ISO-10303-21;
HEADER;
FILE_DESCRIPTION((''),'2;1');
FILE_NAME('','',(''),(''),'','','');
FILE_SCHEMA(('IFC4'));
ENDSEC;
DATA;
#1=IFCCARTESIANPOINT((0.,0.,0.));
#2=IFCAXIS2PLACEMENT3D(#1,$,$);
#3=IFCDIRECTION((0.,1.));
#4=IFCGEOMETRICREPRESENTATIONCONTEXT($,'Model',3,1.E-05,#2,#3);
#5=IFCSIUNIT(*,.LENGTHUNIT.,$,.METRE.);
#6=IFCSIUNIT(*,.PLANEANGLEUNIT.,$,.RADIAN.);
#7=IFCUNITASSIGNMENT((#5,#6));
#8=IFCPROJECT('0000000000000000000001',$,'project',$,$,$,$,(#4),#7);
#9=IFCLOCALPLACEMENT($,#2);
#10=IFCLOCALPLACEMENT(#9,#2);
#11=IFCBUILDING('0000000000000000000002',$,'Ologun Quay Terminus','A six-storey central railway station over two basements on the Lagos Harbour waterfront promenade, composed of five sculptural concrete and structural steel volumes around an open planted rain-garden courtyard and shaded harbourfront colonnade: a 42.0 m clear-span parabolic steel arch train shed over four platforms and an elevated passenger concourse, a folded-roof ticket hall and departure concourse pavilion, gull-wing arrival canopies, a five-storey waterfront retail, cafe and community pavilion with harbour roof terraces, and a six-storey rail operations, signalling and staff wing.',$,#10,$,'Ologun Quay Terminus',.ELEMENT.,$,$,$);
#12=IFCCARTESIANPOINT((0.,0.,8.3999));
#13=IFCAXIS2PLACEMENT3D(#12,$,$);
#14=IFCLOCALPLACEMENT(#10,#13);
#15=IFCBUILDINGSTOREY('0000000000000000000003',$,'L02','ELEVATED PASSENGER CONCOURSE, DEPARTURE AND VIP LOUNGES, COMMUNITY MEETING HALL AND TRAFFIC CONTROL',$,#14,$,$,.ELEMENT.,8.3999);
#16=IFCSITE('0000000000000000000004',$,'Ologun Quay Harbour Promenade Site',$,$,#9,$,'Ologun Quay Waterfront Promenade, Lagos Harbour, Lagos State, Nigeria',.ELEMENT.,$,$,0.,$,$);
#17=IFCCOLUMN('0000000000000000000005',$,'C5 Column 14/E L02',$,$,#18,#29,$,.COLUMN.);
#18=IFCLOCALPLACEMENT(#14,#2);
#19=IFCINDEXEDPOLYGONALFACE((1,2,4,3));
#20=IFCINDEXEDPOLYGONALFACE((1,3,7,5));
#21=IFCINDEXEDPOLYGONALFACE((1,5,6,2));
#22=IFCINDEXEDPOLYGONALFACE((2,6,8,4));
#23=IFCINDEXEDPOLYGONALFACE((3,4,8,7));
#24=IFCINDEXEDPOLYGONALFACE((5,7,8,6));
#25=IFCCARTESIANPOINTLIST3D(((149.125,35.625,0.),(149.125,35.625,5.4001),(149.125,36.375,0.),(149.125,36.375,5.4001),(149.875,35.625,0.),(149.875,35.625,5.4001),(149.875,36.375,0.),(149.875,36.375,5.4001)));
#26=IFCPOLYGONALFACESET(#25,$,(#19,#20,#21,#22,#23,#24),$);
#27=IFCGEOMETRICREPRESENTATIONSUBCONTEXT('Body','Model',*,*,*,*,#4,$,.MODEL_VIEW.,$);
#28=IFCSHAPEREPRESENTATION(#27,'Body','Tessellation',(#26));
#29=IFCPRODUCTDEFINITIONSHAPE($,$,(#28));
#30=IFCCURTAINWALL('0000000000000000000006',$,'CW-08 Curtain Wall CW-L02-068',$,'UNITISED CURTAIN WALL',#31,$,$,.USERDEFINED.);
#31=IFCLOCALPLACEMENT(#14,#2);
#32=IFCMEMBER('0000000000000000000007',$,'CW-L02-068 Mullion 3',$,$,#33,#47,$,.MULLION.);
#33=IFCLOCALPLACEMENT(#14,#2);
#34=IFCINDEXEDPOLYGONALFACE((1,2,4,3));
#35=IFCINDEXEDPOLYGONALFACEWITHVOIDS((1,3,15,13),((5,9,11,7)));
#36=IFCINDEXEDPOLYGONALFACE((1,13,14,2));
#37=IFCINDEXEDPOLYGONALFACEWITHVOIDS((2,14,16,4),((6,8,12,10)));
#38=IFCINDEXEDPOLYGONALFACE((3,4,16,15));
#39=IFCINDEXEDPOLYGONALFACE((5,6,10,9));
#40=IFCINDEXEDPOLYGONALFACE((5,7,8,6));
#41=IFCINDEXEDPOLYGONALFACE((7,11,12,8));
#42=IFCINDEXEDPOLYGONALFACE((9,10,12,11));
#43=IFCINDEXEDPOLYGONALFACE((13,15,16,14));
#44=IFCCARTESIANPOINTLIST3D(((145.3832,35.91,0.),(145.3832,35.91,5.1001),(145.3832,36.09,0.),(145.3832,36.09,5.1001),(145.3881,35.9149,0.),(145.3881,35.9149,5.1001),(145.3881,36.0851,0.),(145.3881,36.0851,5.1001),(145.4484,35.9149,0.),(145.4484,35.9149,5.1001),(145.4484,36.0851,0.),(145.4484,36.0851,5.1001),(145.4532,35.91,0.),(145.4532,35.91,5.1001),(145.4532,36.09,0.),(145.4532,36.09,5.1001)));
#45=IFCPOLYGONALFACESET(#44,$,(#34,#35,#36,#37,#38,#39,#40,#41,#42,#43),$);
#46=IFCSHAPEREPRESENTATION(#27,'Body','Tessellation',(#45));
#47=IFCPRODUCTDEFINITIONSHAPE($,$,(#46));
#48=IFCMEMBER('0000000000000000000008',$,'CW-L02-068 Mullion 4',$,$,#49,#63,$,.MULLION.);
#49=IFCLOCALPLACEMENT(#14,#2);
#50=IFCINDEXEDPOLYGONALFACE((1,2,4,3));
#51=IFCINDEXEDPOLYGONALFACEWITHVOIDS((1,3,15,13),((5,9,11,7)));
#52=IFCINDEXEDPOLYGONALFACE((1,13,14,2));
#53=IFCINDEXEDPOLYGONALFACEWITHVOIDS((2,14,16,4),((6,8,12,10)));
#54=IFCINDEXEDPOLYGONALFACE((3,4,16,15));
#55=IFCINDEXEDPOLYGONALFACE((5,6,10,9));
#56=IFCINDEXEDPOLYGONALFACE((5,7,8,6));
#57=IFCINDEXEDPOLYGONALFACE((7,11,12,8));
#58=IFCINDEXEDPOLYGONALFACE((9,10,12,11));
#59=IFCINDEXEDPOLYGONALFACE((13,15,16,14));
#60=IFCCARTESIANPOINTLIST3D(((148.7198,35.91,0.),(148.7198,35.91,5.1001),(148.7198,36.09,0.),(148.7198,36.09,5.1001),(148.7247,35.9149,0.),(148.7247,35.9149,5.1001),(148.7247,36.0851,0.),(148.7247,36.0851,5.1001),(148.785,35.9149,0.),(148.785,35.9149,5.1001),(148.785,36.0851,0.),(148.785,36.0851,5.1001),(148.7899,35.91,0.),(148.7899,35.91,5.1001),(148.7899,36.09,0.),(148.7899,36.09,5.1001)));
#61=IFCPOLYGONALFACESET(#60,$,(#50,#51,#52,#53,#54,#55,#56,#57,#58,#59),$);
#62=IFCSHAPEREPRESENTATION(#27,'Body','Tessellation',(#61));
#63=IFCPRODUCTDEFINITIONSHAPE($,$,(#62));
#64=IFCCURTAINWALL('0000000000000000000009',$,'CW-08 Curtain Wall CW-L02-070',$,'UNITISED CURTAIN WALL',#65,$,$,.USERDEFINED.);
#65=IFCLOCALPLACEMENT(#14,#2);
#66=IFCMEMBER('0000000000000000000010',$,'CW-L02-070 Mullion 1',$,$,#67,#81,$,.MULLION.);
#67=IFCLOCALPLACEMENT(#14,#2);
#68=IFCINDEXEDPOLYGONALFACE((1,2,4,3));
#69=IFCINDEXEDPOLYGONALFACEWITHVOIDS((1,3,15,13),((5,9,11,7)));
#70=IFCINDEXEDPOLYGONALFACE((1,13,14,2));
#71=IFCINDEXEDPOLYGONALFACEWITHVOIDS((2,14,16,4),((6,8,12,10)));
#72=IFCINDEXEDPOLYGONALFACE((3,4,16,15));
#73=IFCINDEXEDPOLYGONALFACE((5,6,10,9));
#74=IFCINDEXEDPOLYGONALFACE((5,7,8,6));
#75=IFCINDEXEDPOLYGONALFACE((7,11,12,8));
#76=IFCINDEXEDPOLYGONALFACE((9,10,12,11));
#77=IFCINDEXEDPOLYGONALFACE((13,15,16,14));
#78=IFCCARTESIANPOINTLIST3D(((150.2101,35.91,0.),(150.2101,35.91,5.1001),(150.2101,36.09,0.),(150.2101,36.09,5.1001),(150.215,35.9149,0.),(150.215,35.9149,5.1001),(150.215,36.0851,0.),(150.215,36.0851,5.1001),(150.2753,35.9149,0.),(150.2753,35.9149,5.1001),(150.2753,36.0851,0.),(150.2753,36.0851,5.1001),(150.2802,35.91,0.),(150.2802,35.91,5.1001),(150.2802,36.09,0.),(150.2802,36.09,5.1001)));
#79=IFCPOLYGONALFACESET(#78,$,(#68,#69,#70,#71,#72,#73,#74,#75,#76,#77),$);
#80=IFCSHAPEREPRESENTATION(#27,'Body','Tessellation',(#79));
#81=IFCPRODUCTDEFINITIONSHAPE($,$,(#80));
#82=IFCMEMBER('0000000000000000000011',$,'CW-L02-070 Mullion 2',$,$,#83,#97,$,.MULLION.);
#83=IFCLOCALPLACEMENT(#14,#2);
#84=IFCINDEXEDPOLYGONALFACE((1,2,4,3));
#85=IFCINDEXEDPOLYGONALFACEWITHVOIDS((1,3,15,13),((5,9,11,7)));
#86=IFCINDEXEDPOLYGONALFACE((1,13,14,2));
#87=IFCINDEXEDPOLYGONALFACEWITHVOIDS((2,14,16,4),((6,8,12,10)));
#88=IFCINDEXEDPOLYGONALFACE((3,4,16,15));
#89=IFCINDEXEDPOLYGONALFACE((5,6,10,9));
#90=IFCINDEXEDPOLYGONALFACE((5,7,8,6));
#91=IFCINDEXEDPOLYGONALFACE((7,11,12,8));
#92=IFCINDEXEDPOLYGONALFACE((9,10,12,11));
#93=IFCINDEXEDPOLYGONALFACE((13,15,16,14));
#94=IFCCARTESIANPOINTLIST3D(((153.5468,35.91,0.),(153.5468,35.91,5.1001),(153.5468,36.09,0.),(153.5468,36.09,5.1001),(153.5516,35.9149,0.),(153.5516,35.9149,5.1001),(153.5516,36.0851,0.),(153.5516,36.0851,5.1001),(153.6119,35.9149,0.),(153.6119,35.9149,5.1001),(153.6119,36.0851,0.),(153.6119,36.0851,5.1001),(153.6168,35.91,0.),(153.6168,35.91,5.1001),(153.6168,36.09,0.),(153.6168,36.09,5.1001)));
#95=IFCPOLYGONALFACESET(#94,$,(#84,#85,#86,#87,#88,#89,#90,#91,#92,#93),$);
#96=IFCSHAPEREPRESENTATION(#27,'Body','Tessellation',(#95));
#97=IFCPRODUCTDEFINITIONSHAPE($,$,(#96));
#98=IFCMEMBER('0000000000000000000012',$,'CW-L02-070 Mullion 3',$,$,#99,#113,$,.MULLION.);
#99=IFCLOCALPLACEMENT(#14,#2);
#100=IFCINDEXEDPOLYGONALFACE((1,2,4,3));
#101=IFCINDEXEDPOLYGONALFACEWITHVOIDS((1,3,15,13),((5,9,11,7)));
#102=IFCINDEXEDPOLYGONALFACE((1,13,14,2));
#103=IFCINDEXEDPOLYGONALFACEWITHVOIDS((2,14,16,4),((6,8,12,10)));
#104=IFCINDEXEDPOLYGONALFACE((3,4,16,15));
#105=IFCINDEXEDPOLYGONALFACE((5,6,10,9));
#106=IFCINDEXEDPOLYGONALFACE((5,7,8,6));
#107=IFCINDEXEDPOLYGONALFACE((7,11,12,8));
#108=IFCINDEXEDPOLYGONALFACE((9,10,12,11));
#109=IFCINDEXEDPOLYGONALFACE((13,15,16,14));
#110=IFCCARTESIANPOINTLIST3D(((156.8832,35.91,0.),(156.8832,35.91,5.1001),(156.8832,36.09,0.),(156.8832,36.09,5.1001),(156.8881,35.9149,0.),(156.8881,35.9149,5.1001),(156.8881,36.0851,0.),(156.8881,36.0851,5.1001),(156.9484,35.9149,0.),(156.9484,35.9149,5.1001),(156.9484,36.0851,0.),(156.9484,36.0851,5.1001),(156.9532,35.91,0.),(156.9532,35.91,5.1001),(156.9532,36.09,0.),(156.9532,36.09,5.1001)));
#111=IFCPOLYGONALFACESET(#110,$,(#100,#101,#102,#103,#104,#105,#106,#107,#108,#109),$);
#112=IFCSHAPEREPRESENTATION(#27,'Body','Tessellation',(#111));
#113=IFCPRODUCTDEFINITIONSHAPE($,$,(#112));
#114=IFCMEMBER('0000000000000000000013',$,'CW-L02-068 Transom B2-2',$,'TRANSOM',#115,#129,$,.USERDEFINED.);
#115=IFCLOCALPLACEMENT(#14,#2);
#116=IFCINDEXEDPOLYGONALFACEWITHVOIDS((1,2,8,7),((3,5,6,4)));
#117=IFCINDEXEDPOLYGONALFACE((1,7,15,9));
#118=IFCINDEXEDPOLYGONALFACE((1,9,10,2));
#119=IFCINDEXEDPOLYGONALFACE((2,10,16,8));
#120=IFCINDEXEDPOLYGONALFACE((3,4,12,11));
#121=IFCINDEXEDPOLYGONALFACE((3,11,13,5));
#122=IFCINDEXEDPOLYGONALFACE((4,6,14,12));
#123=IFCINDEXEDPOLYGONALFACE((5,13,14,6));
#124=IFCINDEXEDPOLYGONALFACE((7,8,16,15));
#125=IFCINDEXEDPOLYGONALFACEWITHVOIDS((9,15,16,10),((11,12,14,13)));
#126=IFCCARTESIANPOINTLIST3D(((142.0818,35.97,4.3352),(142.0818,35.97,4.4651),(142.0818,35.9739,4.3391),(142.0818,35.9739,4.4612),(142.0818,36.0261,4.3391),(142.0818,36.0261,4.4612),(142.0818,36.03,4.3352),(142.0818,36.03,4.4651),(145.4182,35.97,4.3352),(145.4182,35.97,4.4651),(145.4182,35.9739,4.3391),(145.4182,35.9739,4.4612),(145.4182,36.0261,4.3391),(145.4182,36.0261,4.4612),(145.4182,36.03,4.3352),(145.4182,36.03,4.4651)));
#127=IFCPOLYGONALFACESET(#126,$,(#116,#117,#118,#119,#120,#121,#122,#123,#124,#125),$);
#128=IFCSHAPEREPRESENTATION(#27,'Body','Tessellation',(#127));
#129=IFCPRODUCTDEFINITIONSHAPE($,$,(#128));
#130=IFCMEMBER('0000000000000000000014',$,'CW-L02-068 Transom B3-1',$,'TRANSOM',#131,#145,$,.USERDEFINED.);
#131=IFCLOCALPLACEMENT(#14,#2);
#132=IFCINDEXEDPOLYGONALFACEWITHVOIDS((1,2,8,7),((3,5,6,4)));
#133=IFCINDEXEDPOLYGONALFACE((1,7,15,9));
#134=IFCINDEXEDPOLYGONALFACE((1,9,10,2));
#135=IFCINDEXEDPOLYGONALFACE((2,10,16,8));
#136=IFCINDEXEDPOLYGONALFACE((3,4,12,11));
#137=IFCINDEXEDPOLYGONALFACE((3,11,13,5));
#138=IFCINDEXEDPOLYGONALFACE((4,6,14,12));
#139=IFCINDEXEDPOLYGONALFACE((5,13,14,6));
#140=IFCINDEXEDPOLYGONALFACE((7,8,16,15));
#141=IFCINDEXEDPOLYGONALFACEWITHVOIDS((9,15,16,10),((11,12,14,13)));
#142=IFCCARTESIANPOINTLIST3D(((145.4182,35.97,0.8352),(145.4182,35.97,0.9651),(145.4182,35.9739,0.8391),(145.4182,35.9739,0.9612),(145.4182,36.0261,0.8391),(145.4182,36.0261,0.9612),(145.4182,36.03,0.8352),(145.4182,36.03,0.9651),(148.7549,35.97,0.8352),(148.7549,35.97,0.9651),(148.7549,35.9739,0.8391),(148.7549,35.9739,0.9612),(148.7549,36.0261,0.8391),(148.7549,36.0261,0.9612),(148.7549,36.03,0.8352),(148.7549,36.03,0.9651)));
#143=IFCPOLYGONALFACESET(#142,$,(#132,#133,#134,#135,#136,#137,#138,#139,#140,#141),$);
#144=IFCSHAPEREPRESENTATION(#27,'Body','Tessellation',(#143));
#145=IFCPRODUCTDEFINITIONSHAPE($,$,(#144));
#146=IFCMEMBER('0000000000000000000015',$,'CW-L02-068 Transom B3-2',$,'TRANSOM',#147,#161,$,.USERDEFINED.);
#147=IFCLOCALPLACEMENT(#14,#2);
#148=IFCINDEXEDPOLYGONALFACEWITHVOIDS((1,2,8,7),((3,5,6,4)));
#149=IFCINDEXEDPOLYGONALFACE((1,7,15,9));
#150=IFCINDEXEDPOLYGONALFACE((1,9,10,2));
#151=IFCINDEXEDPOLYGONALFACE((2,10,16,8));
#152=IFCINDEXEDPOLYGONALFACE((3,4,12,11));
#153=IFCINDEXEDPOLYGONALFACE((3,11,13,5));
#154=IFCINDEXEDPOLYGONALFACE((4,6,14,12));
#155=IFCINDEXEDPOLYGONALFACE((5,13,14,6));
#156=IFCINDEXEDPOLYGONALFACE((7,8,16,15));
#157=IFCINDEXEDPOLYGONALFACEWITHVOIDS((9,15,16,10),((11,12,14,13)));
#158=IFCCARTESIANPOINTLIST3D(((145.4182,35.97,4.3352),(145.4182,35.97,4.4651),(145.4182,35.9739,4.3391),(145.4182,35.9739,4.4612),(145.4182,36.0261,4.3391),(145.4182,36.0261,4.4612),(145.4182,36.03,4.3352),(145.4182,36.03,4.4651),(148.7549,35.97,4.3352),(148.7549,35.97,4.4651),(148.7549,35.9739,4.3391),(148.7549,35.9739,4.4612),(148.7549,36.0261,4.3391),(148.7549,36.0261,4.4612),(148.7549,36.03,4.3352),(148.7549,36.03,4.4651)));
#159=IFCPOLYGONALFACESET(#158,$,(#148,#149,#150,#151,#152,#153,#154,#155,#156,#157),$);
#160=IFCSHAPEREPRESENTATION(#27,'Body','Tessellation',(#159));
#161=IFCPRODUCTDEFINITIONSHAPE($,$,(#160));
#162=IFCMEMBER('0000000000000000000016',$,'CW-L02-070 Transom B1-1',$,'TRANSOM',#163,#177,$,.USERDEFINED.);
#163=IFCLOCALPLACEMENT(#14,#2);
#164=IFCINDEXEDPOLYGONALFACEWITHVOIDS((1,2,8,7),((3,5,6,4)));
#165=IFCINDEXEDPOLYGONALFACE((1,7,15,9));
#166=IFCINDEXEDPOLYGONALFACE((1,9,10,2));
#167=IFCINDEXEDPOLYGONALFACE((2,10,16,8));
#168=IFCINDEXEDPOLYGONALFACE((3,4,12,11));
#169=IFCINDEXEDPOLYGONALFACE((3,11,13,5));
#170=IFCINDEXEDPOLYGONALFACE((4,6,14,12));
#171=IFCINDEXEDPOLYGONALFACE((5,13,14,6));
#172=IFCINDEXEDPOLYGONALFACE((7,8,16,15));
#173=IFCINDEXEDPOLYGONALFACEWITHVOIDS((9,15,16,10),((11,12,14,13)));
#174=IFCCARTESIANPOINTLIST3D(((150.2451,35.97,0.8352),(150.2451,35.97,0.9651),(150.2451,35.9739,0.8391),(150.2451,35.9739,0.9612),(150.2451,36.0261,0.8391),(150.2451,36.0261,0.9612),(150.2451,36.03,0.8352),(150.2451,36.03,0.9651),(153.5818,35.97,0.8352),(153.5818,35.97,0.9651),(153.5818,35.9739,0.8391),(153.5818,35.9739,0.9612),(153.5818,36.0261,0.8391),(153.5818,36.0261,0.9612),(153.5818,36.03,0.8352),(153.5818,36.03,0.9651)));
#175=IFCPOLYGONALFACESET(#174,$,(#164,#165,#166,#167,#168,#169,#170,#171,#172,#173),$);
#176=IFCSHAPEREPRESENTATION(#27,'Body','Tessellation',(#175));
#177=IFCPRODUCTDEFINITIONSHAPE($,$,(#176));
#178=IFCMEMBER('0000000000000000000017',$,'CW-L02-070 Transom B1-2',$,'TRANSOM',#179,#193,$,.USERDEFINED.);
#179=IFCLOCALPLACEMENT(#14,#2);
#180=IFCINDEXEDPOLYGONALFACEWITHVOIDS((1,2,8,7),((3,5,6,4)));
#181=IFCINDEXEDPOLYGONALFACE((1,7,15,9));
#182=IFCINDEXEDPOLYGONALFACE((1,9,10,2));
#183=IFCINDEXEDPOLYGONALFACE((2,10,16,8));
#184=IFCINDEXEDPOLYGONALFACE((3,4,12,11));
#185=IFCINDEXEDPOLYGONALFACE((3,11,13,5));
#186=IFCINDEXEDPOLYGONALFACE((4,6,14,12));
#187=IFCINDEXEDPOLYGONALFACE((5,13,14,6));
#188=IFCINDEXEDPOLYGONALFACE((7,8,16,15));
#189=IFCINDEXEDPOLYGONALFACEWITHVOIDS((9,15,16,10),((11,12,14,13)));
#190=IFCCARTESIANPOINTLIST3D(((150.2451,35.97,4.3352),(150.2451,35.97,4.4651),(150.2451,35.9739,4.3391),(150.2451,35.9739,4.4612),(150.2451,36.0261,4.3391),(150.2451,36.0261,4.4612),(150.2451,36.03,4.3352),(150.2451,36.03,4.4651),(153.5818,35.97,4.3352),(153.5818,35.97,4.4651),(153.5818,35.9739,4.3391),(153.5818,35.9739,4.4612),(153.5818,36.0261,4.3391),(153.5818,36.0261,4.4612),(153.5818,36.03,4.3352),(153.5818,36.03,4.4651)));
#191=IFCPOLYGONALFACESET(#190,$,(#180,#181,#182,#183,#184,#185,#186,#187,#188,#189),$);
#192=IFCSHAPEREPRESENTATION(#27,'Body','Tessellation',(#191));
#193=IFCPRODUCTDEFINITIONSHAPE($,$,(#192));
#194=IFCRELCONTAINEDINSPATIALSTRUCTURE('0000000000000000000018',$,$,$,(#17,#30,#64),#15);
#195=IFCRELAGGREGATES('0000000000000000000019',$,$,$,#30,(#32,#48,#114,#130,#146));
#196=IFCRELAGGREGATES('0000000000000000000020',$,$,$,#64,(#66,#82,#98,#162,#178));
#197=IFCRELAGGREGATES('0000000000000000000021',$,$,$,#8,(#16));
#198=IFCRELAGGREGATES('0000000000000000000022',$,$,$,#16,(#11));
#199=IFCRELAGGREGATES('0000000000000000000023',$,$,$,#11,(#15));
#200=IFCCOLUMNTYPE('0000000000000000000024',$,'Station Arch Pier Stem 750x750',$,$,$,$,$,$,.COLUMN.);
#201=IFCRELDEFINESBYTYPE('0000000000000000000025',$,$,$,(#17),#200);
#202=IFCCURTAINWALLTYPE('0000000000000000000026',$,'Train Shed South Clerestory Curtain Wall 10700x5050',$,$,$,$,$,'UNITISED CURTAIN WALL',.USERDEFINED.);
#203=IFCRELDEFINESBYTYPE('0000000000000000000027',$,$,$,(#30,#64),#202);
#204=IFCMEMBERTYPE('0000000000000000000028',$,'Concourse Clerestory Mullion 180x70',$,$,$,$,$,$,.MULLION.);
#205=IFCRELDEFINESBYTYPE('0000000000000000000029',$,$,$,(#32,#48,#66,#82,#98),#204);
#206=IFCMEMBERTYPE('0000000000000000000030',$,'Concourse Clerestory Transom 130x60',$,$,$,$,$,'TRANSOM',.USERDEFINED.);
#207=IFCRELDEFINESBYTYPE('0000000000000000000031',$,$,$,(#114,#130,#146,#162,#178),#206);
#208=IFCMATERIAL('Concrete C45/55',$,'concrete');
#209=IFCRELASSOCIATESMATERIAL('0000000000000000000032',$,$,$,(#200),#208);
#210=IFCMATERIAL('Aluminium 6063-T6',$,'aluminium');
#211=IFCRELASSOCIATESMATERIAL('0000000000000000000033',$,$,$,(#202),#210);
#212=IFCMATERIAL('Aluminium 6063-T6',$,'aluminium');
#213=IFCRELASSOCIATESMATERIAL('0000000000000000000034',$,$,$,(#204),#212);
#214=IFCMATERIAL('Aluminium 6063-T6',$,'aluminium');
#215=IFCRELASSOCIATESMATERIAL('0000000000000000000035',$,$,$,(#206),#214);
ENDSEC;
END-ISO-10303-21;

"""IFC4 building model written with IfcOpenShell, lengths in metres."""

from ifc_helpers import new_model, si_unit, direction, frame, origin, origin_2d, place, context, subcontext, project, spatial, rectangle, hollow_rectangle, extrude, material, material_profile, profile_set, type_object, element, aggregate, save


model = new_model("IFC4")

# Units and contexts
model_context = context("Model", 3, precision=1e-05, world=origin(), true_north=direction((0.0, 1.0)))
body_context = subcontext(model_context, "Body", "Model", "MODEL_VIEW")
ifc_project = project(units=[si_unit("LENGTHUNIT", "METRE"), si_unit("PLANEANGLEUNIT", "RADIAN")], contexts=[model_context])

# Site, building, storey
site_placement = place(None, origin())
site = spatial("IfcSite", under=ifc_project, at=site_placement, Name="Ologun Quay Harbour Promenade Site", LongName="Ologun Quay Waterfront Promenade, Lagos Harbour, Lagos State, Nigeria", CompositionType="ELEMENT", RefElevation=0.0)
building_placement = place(site_placement, origin())
building = spatial("IfcBuilding", under=site, at=building_placement, Name="Ologun Quay Terminus", Description="A six-storey central railway station over two basements on the Lagos Harbour waterfront promenade, composed of five sculptural concrete and structural steel volumes around an open planted rain-garden courtyard and shaded harbourfront colonnade: a 42.0 m clear-span parabolic steel arch train shed over four platforms and an elevated passenger concourse, a folded-roof ticket hall and departure concourse pavilion, gull-wing arrival canopies, a five-storey waterfront retail, cafe and community pavilion with harbour roof terraces, and a six-storey rail operations, signalling and staff wing.", LongName="Ologun Quay Terminus", CompositionType="ELEMENT")
storey_placement = place(building_placement, frame((0.0, 0.0, 8.3999)))
storey = spatial("IfcBuildingStorey", under=building, at=storey_placement, Name="L02", Description="ELEVATED PASSENGER CONCOURSE, DEPARTURE AND VIP LOUNGES, COMMUNITY MEETING HALL AND TRAFFIC CONTROL", CompositionType="ELEMENT", Elevation=8.3999)

# Column
ifc_material_1 = material(Name="Concrete C45/55", Category="concrete")
ifc_material_profile_1 = material_profile(ifc_material_1, rectangle(XDim=0.75, YDim=0.75, at=origin_2d()), Name="RC 750x750")
ifc_profile_set_1 = profile_set([ifc_material_profile_1], Name="Concrete C45/55")
column_type = type_object("IfcColumnType", Name="Station Arch Pier Stem 750x750", PredefinedType="COLUMN", material=ifc_profile_set_1)
column_placement = place(storey_placement, frame((149.5, 36.0, 0.0), z_axis=(0.0, 0.0, 1.0), x_axis=(1.0, 0.0, 0.0)))
element("IfcColumn", 1, at=column_placement, inside=storey, type_object=column_type, Name="C5 Column 14/E L02", PredefinedType="COLUMN", context=body_context, shape_type="SweptSolid", body=[
    extrude(rectangle(XDim=0.75, YDim=0.75, at=origin_2d()), origin(), (0.0, 0.0, 1.0), 5.4001),
])

# Curtain walls, members
ifc_material_2 = material(Name="Aluminium 6063-T6", Category="aluminium")
curtain_wall_type = type_object("IfcCurtainWallType", Name="Train Shed South Clerestory Curtain Wall 10700x5050", ElementType="UNITISED CURTAIN WALL", PredefinedType="USERDEFINED", material=ifc_material_2)
curtain_wall_1_placement = place(storey_placement, origin())
curtain_wall_1 = element("IfcCurtainWall", 2, at=curtain_wall_1_placement, inside=storey, type_object=curtain_wall_type, Name="CW-08 Curtain Wall CW-L02-068", ObjectType="UNITISED CURTAIN WALL", PredefinedType="USERDEFINED")
ifc_material_3 = material(Name="Aluminium 6063-T6", Category="aluminium")
ifc_material_profile_2 = material_profile(ifc_material_3, hollow_rectangle(XDim=0.0701, YDim=0.1799, WallThickness=0.0049, at=origin_2d()), Name="ALU 180x70x5")
ifc_profile_set_2 = profile_set([ifc_material_profile_2], Name="Aluminium 6063-T6")
member_type_1 = type_object("IfcMemberType", Name="Concourse Clerestory Mullion 180x70", PredefinedType="MULLION", material=ifc_profile_set_2)
member_1_placement = place(storey_placement, frame((145.4182, 36.0, 0.0), z_axis=(0.0, 0.0, 1.0), x_axis=(1.0, 0.0, 0.0)))
member_1 = element("IfcMember", 3, at=member_1_placement, type_object=member_type_1, Name="CW-L02-068 Mullion 3", PredefinedType="MULLION", context=body_context, shape_type="SweptSolid", body=[
    extrude(hollow_rectangle(XDim=0.0701, YDim=0.1799, WallThickness=0.0049, at=origin_2d()), origin(), (0.0, 0.0, 1.0), 5.1001),
])
member_2_placement = place(storey_placement, frame((148.7549, 36.0, 0.0), z_axis=(0.0, 0.0, 1.0), x_axis=(1.0, 0.0, 0.0)))
member_2 = element("IfcMember", 4, at=member_2_placement, type_object=member_type_1, Name="CW-L02-068 Mullion 4", PredefinedType="MULLION", context=body_context, shape_type="SweptSolid", body=[
    extrude(hollow_rectangle(XDim=0.0701, YDim=0.1799, WallThickness=0.0049, at=origin_2d()), origin(), (0.0, 0.0, 1.0), 5.1001),
])
curtain_wall_2_placement = place(storey_placement, origin())
curtain_wall_2 = element("IfcCurtainWall", 5, at=curtain_wall_2_placement, inside=storey, type_object=curtain_wall_type, Name="CW-08 Curtain Wall CW-L02-070", ObjectType="UNITISED CURTAIN WALL", PredefinedType="USERDEFINED")
member_3_placement = place(storey_placement, frame((150.2451, 36.0, 0.0), z_axis=(0.0, 0.0, 1.0), x_axis=(1.0, 0.0, 0.0)))
member_3 = element("IfcMember", 6, at=member_3_placement, type_object=member_type_1, Name="CW-L02-070 Mullion 1", PredefinedType="MULLION", context=body_context, shape_type="SweptSolid", body=[
    extrude(hollow_rectangle(XDim=0.0701, YDim=0.1799, WallThickness=0.0049, at=origin_2d()), origin(), (0.0, 0.0, 1.0), 5.1001),
])
member_4_placement = place(storey_placement, frame((153.5818, 36.0, 0.0), z_axis=(0.0, 0.0, 1.0), x_axis=(1.0, 0.0, 0.0)))
member_4 = element("IfcMember", 7, at=member_4_placement, type_object=member_type_1, Name="CW-L02-070 Mullion 2", PredefinedType="MULLION", context=body_context, shape_type="SweptSolid", body=[
    extrude(hollow_rectangle(XDim=0.0701, YDim=0.1799, WallThickness=0.0049, at=origin_2d()), origin(), (0.0, 0.0, 1.0), 5.1001),
])
member_5_placement = place(storey_placement, frame((156.9182, 36.0, 0.0), z_axis=(0.0, 0.0, 1.0), x_axis=(1.0, 0.0, 0.0)))
member_5 = element("IfcMember", 8, at=member_5_placement, type_object=member_type_1, Name="CW-L02-070 Mullion 3", PredefinedType="MULLION", context=body_context, shape_type="SweptSolid", body=[
    extrude(hollow_rectangle(XDim=0.0701, YDim=0.1799, WallThickness=0.0049, at=origin_2d()), origin(), (0.0, 0.0, 1.0), 5.1001),
])

# Members
ifc_material_4 = material(Name="Aluminium 6063-T6", Category="aluminium")
ifc_material_profile_3 = material_profile(ifc_material_4, hollow_rectangle(XDim=0.0601, YDim=0.1299, WallThickness=0.0039, at=origin_2d()), Name="ALU 130x60x4")
ifc_profile_set_3 = profile_set([ifc_material_profile_3], Name="Aluminium 6063-T6")
member_type_2 = type_object("IfcMemberType", Name="Concourse Clerestory Transom 130x60", ElementType="TRANSOM", PredefinedType="USERDEFINED", material=ifc_profile_set_3)
member_6_placement = place(storey_placement, frame((142.0818, 36.0, 4.4001), z_axis=(1.0, 0.0, 0.0), x_axis=(0.0, 1.0, 0.0)))
member_6 = element("IfcMember", 9, at=member_6_placement, type_object=member_type_2, Name="CW-L02-068 Transom B2-2", ObjectType="TRANSOM", PredefinedType="USERDEFINED", context=body_context, shape_type="SweptSolid", body=[
    extrude(hollow_rectangle(XDim=0.0601, YDim=0.1299, WallThickness=0.0039, at=origin_2d()), origin(), (0.0, 0.0, 1.0), 3.3364),
])
member_7_placement = place(storey_placement, frame((145.4182, 36.0, 0.9001), z_axis=(1.0, 0.0, 0.0), x_axis=(0.0, 1.0, 0.0)))
member_7 = element("IfcMember", 10, at=member_7_placement, type_object=member_type_2, Name="CW-L02-068 Transom B3-1", ObjectType="TRANSOM", PredefinedType="USERDEFINED", context=body_context, shape_type="SweptSolid", body=[
    extrude(hollow_rectangle(XDim=0.0601, YDim=0.1299, WallThickness=0.0039, at=origin_2d()), origin(), (0.0, 0.0, 1.0), 3.3367),
])
member_8_placement = place(storey_placement, frame((145.4182, 36.0, 4.4001), z_axis=(1.0, 0.0, 0.0), x_axis=(0.0, 1.0, 0.0)))
member_8 = element("IfcMember", 11, at=member_8_placement, type_object=member_type_2, Name="CW-L02-068 Transom B3-2", ObjectType="TRANSOM", PredefinedType="USERDEFINED", context=body_context, shape_type="SweptSolid", body=[
    extrude(hollow_rectangle(XDim=0.0601, YDim=0.1299, WallThickness=0.0039, at=origin_2d()), origin(), (0.0, 0.0, 1.0), 3.3367),
])
member_9_placement = place(storey_placement, frame((150.2451, 36.0, 0.9001), z_axis=(1.0, 0.0, 0.0), x_axis=(0.0, 1.0, 0.0)))
member_9 = element("IfcMember", 12, at=member_9_placement, type_object=member_type_2, Name="CW-L02-070 Transom B1-1", ObjectType="TRANSOM", PredefinedType="USERDEFINED", context=body_context, shape_type="SweptSolid", body=[
    extrude(hollow_rectangle(XDim=0.0601, YDim=0.1299, WallThickness=0.0039, at=origin_2d()), origin(), (0.0, 0.0, 1.0), 3.3367),
])
member_10_placement = place(storey_placement, frame((150.2451, 36.0, 4.4001), z_axis=(1.0, 0.0, 0.0), x_axis=(0.0, 1.0, 0.0)))
member_10 = element("IfcMember", 13, at=member_10_placement, type_object=member_type_2, Name="CW-L02-070 Transom B1-2", ObjectType="TRANSOM", PredefinedType="USERDEFINED", context=body_context, shape_type="SweptSolid", body=[
    extrude(hollow_rectangle(XDim=0.0601, YDim=0.1299, WallThickness=0.0039, at=origin_2d()), origin(), (0.0, 0.0, 1.0), 3.3367),
])

aggregate(curtain_wall_1, [member_1, member_2, member_6, member_7, member_8])
aggregate(curtain_wall_2, [member_3, member_4, member_5, member_9, member_10])

save(model, "model.ifc")
